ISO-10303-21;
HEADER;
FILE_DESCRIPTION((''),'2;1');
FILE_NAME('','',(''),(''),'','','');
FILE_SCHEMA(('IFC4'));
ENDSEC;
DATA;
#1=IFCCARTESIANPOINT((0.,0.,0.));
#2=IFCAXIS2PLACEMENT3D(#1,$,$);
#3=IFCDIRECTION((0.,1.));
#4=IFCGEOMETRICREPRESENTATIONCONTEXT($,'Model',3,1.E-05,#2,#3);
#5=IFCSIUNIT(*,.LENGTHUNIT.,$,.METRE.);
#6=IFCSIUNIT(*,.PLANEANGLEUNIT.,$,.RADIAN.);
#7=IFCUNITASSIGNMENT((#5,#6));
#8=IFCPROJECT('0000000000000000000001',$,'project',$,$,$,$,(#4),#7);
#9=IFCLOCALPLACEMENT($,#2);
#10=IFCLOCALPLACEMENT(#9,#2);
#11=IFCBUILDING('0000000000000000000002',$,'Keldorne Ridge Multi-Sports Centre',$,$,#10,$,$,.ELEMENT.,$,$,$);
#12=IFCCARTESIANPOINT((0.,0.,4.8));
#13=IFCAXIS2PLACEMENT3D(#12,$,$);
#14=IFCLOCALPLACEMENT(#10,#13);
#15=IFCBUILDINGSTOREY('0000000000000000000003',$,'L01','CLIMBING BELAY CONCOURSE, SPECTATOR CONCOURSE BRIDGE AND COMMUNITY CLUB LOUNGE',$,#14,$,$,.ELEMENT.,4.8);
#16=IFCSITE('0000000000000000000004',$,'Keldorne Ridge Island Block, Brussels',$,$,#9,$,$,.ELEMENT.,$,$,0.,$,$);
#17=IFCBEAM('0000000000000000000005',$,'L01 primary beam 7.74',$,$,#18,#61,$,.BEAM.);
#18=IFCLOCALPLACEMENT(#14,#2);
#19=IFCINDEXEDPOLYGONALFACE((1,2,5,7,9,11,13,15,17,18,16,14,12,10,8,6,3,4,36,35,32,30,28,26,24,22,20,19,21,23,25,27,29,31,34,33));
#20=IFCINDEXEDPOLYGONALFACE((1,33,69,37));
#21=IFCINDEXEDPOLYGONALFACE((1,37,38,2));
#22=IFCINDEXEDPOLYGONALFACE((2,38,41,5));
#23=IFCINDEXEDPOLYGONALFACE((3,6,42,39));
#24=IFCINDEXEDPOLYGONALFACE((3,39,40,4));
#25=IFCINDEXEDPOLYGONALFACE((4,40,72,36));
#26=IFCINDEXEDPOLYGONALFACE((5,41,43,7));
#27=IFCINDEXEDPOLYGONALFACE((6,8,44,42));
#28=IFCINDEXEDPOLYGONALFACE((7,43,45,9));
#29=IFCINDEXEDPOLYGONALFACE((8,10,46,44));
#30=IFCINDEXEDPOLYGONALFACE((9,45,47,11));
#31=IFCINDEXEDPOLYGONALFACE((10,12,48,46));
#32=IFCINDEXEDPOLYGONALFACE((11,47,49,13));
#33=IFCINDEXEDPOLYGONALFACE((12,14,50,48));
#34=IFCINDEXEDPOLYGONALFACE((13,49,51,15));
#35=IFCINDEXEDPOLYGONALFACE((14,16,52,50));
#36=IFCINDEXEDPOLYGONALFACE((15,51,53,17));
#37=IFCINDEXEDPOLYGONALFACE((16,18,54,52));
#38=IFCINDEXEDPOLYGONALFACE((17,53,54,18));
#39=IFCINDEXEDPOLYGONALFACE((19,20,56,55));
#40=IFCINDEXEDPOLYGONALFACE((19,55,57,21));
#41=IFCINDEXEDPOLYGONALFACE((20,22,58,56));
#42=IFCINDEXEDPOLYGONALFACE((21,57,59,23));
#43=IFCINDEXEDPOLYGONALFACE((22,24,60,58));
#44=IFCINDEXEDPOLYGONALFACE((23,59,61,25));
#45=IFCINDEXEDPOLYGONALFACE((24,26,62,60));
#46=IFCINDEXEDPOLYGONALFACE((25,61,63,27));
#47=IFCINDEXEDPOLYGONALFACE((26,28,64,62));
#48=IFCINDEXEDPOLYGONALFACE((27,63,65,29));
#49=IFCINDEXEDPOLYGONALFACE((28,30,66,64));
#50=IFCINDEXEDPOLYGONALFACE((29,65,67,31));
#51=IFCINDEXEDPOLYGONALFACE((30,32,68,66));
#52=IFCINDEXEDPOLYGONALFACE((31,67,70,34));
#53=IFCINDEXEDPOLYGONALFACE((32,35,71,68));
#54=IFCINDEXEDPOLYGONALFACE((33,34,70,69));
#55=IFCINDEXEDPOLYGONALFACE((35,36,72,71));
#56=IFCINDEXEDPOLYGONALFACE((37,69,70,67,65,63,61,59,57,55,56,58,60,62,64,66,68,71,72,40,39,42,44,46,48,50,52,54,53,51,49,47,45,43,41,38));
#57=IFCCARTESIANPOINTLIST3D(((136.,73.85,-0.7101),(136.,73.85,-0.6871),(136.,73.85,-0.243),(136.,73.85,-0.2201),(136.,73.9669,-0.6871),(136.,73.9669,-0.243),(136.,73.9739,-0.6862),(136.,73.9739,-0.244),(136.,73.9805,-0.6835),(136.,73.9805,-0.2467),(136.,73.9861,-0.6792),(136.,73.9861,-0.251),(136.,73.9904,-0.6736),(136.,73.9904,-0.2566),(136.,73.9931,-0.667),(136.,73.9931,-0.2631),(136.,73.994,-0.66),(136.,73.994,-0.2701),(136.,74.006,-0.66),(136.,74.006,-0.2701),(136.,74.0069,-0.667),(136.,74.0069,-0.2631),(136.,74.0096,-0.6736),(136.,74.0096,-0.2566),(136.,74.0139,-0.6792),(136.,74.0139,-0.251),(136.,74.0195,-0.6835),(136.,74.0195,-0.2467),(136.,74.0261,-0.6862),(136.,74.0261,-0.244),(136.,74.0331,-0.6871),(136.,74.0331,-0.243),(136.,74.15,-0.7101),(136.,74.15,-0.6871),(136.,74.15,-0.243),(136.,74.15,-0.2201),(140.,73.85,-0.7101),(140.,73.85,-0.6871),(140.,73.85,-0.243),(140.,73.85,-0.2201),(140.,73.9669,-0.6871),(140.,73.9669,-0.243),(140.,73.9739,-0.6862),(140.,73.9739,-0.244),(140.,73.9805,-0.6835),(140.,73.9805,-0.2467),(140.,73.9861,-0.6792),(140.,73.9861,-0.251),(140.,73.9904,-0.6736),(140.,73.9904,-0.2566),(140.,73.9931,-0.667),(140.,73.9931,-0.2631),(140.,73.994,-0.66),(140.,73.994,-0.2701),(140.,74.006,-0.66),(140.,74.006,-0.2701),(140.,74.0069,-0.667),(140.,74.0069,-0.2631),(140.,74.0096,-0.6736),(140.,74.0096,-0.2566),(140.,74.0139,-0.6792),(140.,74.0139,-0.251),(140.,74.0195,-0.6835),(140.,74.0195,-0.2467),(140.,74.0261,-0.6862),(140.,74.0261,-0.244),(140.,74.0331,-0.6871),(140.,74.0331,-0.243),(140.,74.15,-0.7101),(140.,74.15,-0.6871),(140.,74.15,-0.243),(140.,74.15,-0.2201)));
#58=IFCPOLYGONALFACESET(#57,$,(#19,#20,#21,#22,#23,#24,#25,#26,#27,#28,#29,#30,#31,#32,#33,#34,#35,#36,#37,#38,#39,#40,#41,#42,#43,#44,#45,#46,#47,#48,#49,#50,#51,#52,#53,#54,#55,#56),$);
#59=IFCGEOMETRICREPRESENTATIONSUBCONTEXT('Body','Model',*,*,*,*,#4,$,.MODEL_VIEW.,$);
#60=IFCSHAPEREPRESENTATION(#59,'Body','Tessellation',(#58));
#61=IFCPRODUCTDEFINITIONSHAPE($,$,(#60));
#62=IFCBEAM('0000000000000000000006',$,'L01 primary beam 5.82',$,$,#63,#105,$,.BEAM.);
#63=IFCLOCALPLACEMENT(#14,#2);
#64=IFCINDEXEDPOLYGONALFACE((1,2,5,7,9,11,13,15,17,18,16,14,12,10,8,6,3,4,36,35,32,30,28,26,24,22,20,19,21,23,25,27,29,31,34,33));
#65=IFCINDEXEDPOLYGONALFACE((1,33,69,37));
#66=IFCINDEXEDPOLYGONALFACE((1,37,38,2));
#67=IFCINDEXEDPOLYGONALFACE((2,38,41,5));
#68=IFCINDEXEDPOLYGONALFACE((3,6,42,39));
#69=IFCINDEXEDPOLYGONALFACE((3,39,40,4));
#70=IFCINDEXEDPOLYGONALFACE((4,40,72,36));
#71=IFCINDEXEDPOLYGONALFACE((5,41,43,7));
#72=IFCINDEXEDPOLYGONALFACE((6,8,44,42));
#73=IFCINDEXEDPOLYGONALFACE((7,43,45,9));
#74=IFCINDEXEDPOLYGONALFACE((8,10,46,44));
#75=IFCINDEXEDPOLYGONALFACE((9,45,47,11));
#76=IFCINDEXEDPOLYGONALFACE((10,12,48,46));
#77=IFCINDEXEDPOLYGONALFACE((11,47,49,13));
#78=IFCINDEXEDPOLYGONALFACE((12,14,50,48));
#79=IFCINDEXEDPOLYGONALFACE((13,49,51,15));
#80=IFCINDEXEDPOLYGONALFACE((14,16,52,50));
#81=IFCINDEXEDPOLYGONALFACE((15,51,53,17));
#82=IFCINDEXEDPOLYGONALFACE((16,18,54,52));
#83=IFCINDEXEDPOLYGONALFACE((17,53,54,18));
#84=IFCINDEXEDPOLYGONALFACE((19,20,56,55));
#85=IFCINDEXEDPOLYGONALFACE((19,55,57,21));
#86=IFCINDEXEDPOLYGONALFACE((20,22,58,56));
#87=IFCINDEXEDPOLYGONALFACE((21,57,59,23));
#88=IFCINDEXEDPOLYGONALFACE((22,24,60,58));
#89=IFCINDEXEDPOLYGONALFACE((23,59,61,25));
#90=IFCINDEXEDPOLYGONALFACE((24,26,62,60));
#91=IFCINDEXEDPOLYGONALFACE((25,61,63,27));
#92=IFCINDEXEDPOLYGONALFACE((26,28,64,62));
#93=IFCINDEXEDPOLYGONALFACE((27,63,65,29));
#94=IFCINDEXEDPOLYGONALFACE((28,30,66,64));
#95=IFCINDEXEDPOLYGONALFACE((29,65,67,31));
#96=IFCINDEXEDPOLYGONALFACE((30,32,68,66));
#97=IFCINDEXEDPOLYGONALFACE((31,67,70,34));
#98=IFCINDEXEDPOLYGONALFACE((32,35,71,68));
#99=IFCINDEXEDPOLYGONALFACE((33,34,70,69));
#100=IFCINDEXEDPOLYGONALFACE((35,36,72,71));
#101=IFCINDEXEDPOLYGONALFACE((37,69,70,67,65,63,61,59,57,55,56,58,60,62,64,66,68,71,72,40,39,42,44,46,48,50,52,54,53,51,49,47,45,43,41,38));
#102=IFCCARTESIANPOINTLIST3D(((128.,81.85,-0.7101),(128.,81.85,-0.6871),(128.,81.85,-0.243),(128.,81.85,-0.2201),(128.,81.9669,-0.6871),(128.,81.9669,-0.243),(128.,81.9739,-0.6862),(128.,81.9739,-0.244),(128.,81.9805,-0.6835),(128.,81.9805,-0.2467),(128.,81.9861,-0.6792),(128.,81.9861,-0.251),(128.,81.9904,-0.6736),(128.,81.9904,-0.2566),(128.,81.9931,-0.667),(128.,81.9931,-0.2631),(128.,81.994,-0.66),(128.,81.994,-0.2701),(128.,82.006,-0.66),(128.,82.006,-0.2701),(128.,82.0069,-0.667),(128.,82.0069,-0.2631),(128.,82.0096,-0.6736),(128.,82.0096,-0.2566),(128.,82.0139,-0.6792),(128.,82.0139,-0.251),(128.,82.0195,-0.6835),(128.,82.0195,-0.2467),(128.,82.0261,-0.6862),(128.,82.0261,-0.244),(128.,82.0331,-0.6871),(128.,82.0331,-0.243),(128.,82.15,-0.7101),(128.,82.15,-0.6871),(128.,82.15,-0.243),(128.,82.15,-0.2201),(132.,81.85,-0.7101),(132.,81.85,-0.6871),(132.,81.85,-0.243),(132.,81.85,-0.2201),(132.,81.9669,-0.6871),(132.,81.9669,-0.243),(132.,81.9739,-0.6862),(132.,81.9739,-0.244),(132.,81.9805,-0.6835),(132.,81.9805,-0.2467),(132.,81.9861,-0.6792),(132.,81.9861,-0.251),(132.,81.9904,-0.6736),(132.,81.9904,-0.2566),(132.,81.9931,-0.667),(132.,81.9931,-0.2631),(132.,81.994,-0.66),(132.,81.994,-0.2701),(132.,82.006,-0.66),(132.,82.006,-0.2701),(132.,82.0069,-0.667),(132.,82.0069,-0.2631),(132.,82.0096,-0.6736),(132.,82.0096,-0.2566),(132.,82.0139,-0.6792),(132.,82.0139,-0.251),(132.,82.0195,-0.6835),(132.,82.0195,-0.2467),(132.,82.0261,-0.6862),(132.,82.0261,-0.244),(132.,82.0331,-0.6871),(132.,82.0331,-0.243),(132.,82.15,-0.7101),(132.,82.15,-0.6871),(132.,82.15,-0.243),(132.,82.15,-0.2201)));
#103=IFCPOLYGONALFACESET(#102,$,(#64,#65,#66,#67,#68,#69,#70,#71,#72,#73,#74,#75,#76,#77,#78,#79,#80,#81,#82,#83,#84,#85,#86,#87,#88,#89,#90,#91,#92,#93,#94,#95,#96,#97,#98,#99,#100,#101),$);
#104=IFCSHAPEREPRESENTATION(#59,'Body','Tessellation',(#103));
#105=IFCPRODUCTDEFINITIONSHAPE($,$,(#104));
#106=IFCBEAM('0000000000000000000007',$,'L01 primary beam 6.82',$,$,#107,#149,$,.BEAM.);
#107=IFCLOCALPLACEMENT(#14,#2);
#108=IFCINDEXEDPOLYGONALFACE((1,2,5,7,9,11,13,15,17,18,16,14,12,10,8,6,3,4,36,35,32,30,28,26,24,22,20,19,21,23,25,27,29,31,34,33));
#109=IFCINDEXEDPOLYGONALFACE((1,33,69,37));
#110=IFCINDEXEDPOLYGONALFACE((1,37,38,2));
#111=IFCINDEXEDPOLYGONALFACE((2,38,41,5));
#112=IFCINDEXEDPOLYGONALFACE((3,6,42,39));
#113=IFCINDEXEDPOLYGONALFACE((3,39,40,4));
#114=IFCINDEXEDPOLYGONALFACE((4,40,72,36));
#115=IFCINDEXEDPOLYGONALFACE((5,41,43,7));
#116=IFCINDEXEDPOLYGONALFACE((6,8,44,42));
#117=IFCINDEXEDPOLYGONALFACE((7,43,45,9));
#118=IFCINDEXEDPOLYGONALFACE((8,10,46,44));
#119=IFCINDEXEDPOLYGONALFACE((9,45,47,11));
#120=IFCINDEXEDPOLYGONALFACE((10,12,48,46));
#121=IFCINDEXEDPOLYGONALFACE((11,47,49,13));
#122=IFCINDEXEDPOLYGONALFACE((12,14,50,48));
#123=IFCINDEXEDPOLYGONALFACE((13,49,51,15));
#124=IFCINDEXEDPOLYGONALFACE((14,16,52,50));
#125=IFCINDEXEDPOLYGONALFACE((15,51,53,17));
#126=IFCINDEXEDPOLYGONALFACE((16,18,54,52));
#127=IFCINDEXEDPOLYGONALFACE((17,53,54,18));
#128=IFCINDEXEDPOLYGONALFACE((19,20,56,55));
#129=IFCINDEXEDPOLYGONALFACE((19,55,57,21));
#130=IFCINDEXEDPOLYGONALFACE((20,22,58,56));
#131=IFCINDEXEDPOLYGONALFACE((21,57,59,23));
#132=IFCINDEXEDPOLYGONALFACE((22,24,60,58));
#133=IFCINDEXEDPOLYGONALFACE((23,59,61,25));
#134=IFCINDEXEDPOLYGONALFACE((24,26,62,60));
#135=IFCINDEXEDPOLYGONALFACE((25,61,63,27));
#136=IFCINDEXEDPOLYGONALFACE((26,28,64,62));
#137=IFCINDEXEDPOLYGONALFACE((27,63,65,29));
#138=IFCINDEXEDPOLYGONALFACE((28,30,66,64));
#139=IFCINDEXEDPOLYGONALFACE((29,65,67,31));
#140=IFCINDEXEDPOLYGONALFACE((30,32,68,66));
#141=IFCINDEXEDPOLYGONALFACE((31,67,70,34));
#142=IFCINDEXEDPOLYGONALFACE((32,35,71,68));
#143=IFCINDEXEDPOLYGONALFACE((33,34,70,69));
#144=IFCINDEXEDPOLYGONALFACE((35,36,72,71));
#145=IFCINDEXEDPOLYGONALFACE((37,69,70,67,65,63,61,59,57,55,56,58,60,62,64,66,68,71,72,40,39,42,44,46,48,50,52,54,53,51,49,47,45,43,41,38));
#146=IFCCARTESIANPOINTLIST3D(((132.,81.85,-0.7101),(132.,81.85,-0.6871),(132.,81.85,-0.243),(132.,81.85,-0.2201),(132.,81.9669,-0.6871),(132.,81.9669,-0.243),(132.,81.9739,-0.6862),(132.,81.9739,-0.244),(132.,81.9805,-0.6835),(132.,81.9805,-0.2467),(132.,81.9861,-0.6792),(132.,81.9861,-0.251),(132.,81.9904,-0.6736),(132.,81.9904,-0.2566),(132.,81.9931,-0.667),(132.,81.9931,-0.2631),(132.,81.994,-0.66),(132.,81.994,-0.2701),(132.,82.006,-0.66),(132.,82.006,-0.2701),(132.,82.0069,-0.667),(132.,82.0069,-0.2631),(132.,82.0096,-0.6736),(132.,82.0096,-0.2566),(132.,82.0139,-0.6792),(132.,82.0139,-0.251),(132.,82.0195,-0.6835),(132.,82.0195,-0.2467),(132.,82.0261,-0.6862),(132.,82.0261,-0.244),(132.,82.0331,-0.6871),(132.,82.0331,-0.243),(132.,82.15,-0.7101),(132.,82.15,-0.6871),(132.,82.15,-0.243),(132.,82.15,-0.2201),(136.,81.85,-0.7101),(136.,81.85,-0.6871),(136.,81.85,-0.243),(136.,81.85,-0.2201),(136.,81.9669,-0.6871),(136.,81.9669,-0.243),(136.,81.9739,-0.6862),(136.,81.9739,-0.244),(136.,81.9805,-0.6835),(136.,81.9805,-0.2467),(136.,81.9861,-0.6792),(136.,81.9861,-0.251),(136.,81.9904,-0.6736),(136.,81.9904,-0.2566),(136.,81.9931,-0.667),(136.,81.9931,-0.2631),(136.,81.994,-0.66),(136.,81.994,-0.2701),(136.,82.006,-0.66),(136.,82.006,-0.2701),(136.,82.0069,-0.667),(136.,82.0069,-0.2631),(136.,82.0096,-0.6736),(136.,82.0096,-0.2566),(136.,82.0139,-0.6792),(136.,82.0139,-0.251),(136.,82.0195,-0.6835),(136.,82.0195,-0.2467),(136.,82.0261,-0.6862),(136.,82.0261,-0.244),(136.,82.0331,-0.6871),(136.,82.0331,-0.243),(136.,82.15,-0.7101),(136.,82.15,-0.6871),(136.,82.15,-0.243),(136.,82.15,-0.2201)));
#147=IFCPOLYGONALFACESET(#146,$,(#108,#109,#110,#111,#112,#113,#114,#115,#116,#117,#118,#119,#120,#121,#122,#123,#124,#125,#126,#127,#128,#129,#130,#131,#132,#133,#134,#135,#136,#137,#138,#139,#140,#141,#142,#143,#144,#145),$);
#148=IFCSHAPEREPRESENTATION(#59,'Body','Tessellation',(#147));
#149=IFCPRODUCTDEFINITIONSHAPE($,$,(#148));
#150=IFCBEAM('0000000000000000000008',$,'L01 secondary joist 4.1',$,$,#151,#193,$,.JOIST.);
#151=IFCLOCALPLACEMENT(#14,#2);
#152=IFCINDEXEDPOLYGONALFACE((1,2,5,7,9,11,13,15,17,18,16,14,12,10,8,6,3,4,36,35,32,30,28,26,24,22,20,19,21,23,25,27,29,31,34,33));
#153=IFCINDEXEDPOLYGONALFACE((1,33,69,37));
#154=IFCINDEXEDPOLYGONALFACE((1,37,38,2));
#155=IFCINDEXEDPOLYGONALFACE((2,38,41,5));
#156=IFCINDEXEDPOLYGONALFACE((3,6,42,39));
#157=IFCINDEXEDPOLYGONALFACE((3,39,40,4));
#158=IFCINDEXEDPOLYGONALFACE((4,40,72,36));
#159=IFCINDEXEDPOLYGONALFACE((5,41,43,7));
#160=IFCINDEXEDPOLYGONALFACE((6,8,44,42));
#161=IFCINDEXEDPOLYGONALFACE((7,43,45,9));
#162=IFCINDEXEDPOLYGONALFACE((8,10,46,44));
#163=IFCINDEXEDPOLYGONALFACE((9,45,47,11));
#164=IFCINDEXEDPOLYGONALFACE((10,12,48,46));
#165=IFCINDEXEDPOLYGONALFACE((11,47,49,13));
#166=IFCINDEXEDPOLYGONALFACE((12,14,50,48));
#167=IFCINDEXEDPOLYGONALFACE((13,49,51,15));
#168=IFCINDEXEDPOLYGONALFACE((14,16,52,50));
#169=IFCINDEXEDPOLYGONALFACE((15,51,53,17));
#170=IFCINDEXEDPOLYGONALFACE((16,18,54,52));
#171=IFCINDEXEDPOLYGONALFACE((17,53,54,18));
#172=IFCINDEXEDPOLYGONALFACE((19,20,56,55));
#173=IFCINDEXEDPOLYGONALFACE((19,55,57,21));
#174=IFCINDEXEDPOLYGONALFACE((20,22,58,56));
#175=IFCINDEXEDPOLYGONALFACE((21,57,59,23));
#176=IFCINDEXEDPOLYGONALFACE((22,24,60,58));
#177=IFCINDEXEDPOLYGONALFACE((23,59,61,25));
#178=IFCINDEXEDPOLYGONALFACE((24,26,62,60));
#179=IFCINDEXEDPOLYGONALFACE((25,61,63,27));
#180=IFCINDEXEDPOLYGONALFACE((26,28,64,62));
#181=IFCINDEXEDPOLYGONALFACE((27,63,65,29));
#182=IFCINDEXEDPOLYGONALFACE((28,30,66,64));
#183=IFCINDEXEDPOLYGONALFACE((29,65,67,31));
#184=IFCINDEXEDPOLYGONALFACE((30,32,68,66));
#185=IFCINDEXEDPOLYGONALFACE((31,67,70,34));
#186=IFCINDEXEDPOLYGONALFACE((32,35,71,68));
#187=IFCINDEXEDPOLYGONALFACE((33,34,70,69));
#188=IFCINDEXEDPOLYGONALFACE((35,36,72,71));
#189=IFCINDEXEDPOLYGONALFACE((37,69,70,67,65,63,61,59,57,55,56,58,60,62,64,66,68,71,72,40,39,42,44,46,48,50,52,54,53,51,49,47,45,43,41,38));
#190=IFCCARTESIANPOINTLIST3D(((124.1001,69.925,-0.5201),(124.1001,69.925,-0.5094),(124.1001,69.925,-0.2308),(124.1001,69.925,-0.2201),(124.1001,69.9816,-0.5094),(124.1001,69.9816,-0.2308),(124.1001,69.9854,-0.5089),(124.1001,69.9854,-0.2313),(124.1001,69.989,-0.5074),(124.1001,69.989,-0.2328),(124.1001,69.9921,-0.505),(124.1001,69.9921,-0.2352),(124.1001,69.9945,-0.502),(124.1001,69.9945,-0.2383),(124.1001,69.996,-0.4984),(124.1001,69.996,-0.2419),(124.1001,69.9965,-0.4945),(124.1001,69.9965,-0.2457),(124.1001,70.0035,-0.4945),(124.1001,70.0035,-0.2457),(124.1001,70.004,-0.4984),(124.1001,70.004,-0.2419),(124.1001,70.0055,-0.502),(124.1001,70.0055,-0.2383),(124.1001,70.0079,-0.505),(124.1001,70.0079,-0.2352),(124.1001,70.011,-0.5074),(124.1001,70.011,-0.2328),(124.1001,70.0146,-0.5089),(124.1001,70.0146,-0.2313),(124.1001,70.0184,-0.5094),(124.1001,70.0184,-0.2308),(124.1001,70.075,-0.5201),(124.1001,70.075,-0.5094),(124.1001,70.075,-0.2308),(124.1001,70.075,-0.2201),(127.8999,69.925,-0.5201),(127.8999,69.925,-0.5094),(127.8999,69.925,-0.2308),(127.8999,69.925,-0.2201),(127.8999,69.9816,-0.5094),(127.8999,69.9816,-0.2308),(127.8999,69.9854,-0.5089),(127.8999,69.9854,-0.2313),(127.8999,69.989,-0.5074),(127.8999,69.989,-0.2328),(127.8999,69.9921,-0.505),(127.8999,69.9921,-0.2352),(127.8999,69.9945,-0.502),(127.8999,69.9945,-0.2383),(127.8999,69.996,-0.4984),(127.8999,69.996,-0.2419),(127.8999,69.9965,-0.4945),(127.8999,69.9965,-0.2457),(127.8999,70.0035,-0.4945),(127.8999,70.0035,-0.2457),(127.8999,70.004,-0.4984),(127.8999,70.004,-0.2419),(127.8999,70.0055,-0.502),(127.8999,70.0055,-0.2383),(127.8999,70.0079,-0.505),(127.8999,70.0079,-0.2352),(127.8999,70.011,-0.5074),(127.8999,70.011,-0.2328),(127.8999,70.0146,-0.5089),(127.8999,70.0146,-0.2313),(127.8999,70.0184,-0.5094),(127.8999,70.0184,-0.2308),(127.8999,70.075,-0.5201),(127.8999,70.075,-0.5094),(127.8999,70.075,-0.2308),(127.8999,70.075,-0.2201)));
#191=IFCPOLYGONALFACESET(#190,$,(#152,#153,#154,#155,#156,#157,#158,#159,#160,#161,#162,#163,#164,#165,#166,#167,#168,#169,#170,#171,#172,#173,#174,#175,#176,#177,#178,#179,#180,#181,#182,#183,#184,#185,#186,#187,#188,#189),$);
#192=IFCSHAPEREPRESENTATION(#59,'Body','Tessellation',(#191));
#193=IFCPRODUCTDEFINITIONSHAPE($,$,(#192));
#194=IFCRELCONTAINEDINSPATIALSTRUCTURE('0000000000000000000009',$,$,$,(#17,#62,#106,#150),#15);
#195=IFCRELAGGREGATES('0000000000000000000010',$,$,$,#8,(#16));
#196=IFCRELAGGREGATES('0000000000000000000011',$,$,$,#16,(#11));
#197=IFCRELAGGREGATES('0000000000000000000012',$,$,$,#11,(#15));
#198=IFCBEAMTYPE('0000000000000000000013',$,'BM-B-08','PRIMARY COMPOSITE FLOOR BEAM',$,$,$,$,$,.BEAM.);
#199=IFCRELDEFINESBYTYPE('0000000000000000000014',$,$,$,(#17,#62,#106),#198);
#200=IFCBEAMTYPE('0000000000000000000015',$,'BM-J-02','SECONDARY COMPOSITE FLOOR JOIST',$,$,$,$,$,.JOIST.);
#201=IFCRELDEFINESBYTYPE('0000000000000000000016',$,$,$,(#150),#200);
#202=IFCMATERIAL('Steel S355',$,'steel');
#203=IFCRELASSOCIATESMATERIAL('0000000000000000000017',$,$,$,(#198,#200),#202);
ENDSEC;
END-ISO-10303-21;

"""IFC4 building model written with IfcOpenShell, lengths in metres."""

from ifc_helpers import new_model, si_unit, direction, frame, origin, origin_2d, place, context, subcontext, project, spatial, i_section, extrude, material, material_profile, profile_set, type_object, element, save


model = new_model("IFC4")

# Units and contexts
model_context = context("Model", 3, precision=1e-05, world=origin(), true_north=direction((0.0, 1.0)))
body_context = subcontext(model_context, "Body", "Model", "MODEL_VIEW")
ifc_project = project(units=[si_unit("LENGTHUNIT", "METRE"), si_unit("PLANEANGLEUNIT", "RADIAN")], contexts=[model_context])

# Site, building, storey
site_placement = place(None, origin())
site = spatial("IfcSite", under=ifc_project, at=site_placement, Name="Keldorne Ridge Island Block, Brussels", CompositionType="ELEMENT", RefElevation=0.0)
building_placement = place(site_placement, origin())
building = spatial("IfcBuilding", under=site, at=building_placement, Name="Keldorne Ridge Multi-Sports Centre", CompositionType="ELEMENT")
storey_placement = place(building_placement, frame((0.0, 0.0, 4.8)))
storey = spatial("IfcBuildingStorey", under=building, at=storey_placement, Name="L01", Description="CLIMBING BELAY CONCOURSE, SPECTATOR CONCOURSE BRIDGE AND COMMUNITY CLUB LOUNGE", CompositionType="ELEMENT", Elevation=4.8)

# Shared definitions
ifc_material_1 = material(Name="Steel S355", Category="steel")

# Beams
ifc_material_profile_1 = material_profile(ifc_material_1, i_section(OverallWidth=0.3, OverallDepth=0.49, WebThickness=0.012, FlangeThickness=0.0229, FilletRadius=0.0271, at=origin_2d()), Name="HEA 500")
ifc_profile_set_1 = profile_set([ifc_material_profile_1], Name="Steel S355")
beam_type_1 = type_object("IfcBeamType", Name="BM-B-08", Description="PRIMARY COMPOSITE FLOOR BEAM", PredefinedType="BEAM", material=ifc_profile_set_1)
for number, where, z_axis, x_axis, name in (
    (1, (136.0, 74.0, -0.4651), (1.0, 0.0, 0.0), (0.0, 1.0, 0.0), "L01 primary beam 7.74"),
    (2, (128.0, 82.0, -0.4651), (1.0, 0.0, 0.0), (0.0, 1.0, 0.0), "L01 primary beam 5.82"),
    (3, (132.0, 82.0, -0.4651), (1.0, 0.0, 0.0), (0.0, 1.0, 0.0), "L01 primary beam 6.82"),
):
    element("IfcBeam", number, at=place(storey_placement, frame(where, z_axis=z_axis, x_axis=x_axis)), inside=storey, type_object=beam_type_1, Name=name, PredefinedType="BEAM", context=body_context, shape_type="SweptSolid", body=[
        extrude(i_section(OverallWidth=0.3, OverallDepth=0.49, WebThickness=0.012, FlangeThickness=0.0229, FilletRadius=0.0271, at=origin_2d()), origin(), (0.0, 0.0, 1.0), 4.0),
    ])
ifc_material_profile_2 = material_profile(ifc_material_1, i_section(OverallWidth=0.1499, OverallDepth=0.3, WebThickness=0.0071, FlangeThickness=0.0107, FilletRadius=0.0149, at=origin_2d()), Name="IPE 300")
ifc_profile_set_2 = profile_set([ifc_material_profile_2], Name="Steel S355")
beam_type_2 = type_object("IfcBeamType", Name="BM-J-02", Description="SECONDARY COMPOSITE FLOOR JOIST", PredefinedType="JOIST", material=ifc_profile_set_2)
for number, where, z_axis, x_axis, name in (
    (4, (124.1001, 70.0, -0.3701), (1.0, 0.0, 0.0), (0.0, 1.0, 0.0), "L01 secondary joist 4.1"),
):
    element("IfcBeam", number, at=place(storey_placement, frame(where, z_axis=z_axis, x_axis=x_axis)), inside=storey, type_object=beam_type_2, Name=name, PredefinedType="JOIST", context=body_context, shape_type="SweptSolid", body=[
        extrude(i_section(OverallWidth=0.1499, OverallDepth=0.3, WebThickness=0.0071, FlangeThickness=0.0107, FilletRadius=0.0149, at=origin_2d()), origin(), (0.0, 0.0, 1.0), 3.7998),
    ])

save(model, "model.ifc")
